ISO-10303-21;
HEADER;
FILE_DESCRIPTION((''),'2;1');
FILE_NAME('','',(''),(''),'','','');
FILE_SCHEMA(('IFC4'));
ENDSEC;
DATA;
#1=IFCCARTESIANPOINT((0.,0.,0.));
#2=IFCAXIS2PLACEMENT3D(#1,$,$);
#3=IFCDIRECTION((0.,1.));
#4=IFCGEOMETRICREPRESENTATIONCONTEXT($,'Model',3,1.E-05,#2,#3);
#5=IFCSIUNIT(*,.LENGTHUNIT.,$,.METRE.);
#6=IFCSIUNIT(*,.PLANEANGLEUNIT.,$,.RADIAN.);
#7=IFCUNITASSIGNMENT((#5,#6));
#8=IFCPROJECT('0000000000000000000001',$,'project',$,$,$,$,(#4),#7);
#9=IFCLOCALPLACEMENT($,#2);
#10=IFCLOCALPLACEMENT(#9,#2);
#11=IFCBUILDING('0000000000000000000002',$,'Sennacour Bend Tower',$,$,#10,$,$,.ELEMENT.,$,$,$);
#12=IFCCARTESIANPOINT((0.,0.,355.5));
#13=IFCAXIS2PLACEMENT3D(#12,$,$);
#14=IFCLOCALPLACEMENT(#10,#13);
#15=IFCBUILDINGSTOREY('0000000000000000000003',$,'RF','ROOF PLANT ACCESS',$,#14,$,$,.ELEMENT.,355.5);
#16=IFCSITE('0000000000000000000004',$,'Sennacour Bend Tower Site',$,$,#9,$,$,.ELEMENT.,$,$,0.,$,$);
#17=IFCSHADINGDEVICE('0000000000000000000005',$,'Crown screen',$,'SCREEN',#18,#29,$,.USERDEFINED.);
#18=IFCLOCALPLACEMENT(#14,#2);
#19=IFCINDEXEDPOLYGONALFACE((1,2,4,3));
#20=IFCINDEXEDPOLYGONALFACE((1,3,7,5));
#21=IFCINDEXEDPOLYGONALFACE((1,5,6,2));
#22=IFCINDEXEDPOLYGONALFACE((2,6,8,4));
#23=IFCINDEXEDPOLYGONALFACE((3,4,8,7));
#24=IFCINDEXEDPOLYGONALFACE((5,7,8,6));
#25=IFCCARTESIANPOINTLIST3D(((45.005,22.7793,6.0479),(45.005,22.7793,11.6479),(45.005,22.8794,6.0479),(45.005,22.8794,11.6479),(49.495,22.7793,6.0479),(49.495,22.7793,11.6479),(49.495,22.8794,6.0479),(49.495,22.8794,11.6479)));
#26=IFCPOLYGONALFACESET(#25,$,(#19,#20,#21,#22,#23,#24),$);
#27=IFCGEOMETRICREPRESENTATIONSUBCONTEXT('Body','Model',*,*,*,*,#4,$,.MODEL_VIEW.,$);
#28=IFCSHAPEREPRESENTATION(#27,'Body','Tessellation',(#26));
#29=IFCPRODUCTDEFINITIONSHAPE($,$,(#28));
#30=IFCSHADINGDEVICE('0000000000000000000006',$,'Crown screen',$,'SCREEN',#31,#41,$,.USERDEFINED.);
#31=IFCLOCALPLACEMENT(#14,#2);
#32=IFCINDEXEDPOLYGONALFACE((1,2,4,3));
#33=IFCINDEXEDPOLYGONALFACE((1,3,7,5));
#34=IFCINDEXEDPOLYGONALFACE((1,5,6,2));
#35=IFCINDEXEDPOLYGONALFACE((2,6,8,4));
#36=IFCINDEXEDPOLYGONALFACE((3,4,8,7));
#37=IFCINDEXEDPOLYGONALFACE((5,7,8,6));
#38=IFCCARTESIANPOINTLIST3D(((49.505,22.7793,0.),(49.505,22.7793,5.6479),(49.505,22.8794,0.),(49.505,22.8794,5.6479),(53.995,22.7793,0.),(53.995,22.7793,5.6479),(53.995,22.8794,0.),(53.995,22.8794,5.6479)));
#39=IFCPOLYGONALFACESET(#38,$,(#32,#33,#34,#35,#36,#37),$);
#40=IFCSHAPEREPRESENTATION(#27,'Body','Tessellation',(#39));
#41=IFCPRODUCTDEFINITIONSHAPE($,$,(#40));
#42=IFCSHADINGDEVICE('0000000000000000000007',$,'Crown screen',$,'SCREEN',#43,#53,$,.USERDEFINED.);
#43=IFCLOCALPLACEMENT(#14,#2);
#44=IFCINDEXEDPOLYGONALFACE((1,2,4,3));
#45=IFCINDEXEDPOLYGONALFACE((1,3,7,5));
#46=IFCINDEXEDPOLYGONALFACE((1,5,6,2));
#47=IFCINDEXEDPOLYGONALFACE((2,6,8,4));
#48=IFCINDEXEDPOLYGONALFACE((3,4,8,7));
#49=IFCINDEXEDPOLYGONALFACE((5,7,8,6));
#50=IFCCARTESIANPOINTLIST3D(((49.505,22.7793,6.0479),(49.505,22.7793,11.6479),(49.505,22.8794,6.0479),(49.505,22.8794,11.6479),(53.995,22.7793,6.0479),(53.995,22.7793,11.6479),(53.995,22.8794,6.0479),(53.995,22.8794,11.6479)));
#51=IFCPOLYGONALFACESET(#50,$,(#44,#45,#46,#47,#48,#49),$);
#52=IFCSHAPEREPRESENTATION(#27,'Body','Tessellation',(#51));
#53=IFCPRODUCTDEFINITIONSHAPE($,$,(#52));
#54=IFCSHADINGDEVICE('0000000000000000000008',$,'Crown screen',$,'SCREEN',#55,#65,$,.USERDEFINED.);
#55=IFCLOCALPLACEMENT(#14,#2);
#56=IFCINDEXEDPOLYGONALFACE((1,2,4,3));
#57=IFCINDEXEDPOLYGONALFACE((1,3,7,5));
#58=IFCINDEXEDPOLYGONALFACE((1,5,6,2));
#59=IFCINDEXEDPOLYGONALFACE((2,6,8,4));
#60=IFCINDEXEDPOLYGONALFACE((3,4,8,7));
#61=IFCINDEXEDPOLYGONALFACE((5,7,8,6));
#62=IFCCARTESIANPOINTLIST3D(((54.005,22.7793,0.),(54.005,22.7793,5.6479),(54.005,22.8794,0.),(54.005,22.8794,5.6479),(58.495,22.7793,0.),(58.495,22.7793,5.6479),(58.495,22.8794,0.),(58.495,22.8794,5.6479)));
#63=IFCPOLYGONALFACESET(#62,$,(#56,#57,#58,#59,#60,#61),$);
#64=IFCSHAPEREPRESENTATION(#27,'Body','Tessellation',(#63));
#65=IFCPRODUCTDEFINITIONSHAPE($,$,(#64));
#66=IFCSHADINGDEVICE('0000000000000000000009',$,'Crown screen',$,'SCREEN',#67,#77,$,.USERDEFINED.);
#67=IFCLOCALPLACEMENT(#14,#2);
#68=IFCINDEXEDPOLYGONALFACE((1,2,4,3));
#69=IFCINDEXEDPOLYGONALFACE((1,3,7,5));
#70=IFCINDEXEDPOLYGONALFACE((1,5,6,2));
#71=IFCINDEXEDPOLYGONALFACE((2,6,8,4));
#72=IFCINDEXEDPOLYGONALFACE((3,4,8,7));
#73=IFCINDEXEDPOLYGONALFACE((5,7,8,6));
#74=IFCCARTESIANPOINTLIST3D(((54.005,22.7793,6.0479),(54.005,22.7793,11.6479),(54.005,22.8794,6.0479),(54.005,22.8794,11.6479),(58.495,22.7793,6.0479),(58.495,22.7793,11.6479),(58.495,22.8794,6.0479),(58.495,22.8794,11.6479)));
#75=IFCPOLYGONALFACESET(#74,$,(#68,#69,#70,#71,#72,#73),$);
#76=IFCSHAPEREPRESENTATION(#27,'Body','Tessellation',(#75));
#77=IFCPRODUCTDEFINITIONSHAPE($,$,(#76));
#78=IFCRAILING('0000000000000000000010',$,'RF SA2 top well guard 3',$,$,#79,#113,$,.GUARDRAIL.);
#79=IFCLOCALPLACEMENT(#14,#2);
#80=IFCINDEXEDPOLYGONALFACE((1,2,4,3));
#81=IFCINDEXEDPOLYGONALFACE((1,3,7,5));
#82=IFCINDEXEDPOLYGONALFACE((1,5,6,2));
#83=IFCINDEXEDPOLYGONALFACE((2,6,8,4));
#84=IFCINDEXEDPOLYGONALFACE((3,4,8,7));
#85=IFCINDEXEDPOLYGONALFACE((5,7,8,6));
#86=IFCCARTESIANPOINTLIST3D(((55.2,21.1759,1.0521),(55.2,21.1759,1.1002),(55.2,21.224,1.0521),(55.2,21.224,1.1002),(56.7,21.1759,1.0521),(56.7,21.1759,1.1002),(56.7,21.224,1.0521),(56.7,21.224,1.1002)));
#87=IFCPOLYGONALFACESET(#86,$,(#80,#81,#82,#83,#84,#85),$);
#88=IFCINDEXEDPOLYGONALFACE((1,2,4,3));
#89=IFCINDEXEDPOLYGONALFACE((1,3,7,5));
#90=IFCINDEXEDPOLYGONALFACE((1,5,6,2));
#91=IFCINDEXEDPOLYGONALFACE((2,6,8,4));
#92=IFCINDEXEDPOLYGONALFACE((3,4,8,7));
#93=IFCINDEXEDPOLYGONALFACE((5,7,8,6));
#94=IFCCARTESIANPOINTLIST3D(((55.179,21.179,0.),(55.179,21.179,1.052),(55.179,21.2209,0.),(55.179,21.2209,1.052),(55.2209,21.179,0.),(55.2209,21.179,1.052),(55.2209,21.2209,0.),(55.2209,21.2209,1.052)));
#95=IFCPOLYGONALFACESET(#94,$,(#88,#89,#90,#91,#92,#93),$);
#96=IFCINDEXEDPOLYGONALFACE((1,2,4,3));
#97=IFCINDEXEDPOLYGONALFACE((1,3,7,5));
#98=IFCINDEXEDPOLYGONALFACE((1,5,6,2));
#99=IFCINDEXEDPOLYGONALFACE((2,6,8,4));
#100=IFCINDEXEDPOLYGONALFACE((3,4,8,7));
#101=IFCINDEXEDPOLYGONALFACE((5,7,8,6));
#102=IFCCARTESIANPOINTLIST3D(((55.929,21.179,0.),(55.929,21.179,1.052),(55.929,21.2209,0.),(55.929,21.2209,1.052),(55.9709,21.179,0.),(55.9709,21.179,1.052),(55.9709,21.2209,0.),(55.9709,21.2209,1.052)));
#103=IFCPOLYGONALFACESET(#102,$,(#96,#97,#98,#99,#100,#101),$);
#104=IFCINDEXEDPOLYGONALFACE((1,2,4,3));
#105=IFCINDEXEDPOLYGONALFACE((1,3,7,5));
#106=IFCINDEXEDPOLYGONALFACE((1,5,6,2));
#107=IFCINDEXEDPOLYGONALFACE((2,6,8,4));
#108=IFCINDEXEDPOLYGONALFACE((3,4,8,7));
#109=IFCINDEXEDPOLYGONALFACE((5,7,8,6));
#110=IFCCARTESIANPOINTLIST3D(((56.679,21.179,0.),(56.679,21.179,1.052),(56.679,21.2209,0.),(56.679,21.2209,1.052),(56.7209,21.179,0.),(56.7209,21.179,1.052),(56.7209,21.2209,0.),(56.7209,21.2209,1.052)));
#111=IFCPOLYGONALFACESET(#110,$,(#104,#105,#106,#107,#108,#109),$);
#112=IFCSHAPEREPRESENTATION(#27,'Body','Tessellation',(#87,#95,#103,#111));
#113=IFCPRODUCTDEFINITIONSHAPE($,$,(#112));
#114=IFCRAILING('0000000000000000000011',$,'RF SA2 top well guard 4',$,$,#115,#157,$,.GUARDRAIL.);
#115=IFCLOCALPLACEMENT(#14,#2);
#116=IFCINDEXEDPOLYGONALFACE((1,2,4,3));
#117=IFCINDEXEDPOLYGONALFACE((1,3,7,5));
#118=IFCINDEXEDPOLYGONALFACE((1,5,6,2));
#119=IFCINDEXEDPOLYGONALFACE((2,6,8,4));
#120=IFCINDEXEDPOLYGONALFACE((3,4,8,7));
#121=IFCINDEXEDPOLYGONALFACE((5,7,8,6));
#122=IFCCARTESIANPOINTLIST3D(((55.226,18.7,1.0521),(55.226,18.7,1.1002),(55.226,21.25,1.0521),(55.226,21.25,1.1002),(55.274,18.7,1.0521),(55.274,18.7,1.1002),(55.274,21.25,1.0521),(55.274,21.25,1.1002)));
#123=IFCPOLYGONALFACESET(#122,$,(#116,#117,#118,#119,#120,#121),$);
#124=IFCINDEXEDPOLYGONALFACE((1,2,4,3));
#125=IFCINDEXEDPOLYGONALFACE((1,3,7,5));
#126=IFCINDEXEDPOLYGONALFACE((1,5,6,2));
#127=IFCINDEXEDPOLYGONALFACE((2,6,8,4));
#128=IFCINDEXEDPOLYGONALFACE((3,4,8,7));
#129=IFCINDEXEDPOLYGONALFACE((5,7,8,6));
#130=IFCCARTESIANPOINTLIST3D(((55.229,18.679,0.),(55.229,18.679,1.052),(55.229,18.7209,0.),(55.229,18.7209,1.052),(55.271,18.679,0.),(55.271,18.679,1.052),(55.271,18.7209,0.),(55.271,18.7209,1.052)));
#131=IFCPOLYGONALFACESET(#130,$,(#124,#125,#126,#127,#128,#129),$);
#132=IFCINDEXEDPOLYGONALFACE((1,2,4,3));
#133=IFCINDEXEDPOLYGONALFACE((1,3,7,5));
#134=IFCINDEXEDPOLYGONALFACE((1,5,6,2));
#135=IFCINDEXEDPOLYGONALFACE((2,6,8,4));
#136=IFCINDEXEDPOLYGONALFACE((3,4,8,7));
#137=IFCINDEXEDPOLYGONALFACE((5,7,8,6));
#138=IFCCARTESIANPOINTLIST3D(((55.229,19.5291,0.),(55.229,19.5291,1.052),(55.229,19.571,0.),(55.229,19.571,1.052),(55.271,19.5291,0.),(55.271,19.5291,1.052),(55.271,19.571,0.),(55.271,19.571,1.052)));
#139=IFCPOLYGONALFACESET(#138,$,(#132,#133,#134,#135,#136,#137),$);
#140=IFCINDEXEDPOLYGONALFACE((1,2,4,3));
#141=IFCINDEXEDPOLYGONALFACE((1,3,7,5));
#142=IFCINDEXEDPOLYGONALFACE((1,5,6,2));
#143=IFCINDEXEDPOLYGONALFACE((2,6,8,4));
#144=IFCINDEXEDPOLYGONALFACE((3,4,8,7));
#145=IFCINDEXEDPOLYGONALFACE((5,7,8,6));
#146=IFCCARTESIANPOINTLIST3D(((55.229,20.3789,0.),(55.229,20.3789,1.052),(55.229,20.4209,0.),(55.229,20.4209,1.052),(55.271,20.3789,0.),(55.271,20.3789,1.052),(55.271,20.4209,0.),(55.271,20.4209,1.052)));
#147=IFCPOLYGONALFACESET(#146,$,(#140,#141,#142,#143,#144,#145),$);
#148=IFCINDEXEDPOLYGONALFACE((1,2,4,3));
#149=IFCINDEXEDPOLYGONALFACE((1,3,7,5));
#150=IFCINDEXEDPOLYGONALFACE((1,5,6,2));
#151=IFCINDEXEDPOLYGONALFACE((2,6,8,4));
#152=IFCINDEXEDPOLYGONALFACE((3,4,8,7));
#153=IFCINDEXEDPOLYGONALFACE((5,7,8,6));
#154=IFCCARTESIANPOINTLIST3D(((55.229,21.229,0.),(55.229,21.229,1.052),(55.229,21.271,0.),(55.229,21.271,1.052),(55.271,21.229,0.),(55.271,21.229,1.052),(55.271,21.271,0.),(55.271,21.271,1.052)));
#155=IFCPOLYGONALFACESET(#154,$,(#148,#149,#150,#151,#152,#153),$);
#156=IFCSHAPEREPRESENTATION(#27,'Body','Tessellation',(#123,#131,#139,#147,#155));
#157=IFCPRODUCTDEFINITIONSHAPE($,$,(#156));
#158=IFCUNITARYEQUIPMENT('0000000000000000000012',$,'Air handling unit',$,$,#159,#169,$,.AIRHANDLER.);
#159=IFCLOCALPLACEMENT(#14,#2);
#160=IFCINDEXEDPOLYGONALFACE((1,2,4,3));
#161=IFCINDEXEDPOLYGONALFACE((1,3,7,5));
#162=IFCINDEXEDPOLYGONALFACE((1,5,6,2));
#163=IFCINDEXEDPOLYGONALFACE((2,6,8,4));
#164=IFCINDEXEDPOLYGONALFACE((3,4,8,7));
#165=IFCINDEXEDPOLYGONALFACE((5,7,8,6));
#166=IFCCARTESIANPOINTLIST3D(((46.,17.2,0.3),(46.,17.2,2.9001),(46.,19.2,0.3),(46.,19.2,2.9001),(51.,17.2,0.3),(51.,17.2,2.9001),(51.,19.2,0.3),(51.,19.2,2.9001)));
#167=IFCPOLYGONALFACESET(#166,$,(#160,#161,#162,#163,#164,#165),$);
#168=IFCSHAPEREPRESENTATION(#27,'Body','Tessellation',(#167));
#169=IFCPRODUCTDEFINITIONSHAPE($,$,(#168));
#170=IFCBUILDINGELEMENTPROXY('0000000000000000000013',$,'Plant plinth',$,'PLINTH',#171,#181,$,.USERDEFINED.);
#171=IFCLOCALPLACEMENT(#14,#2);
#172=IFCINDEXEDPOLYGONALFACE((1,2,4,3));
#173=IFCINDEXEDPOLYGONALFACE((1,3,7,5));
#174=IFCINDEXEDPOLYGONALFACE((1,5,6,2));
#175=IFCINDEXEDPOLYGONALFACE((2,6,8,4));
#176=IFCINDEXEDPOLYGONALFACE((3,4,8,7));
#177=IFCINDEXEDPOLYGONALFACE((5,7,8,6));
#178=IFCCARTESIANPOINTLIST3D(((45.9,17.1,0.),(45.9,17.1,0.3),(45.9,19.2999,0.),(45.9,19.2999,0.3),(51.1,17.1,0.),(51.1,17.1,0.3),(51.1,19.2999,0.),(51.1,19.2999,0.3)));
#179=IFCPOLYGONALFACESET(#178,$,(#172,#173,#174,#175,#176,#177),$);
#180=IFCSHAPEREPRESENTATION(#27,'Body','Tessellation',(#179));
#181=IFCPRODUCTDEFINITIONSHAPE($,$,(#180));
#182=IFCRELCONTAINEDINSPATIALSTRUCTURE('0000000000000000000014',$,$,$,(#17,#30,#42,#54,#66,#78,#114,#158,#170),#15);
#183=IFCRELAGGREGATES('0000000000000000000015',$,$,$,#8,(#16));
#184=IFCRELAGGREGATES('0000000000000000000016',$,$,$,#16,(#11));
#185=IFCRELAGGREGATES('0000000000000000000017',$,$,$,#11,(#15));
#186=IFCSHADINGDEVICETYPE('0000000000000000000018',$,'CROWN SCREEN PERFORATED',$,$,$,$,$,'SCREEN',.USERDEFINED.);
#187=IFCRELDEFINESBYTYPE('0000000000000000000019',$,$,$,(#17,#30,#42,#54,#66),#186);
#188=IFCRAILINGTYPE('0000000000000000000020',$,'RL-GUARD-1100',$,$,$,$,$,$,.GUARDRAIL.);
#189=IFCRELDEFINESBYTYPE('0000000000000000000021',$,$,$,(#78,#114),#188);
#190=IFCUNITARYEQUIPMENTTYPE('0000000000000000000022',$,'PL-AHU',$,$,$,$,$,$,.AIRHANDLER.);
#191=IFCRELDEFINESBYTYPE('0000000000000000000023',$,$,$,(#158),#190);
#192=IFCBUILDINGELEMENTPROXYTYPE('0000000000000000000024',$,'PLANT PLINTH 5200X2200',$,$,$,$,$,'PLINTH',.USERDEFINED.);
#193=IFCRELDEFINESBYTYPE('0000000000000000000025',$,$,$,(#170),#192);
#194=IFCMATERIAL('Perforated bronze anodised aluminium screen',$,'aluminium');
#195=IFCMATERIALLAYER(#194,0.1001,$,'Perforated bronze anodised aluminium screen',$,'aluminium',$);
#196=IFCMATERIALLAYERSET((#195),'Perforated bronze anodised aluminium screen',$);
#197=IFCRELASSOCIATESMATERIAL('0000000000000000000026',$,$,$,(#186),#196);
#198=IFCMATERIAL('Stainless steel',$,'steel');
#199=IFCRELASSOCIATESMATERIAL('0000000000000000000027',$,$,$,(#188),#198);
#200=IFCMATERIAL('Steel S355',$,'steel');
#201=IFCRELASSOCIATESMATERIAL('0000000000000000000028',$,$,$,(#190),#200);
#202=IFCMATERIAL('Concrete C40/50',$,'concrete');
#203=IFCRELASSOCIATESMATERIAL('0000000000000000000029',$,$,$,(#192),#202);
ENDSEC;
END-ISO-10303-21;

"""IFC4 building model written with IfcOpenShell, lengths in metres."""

from ifc_helpers import new_model, si_unit, direction, frame, origin, origin_2d, place, context, subcontext, project, spatial, rectangle, extrude, material, layer, layer_set, type_object, element, save


model = new_model("IFC4")

# Units and contexts
model_context = context("Model", 3, precision=1e-05, world=origin(), true_north=direction((0.0, 1.0)))
body_context = subcontext(model_context, "Body", "Model", "MODEL_VIEW")
ifc_project = project(units=[si_unit("LENGTHUNIT", "METRE"), si_unit("PLANEANGLEUNIT", "RADIAN")], contexts=[model_context])

# Site, building, storey
site_placement = place(None, origin())
site = spatial("IfcSite", under=ifc_project, at=site_placement, Name="Sennacour Bend Tower Site", CompositionType="ELEMENT", RefElevation=0.0)
building_placement = place(site_placement, origin())
building = spatial("IfcBuilding", under=site, at=building_placement, Name="Sennacour Bend Tower", CompositionType="ELEMENT")
storey_placement = place(building_placement, frame((0.0, 0.0, 355.5)))
storey = spatial("IfcBuildingStorey", under=building, at=storey_placement, Name="RF", Description="ROOF PLANT ACCESS", CompositionType="ELEMENT", Elevation=355.5)

# Shared definitions
ifc_material_1 = material(Name="Stainless steel", Category="steel")

# Shading devices
ifc_material_2 = material(Name="Perforated bronze anodised aluminium screen", Category="aluminium")
ifc_layer_1 = layer(ifc_material_2, 0.1001, Name="Perforated bronze anodised aluminium screen", Category="aluminium")
ifc_layer_set_1 = layer_set([ifc_layer_1], Name="Perforated bronze anodised aluminium screen")
shading_device_type = type_object("IfcShadingDeviceType", Name="CROWN SCREEN PERFORATED", ElementType="SCREEN", PredefinedType="USERDEFINED", material=ifc_layer_set_1)
shading_device_1_placement = place(storey_placement, frame((47.25, 22.8293, 6.0479), z_axis=(0.0, 0.0, 1.0), x_axis=(1.0, 0.0, 0.0)))
element("IfcShadingDevice", 1, at=shading_device_1_placement, inside=storey, type_object=shading_device_type, Name="Crown screen", ObjectType="SCREEN", PredefinedType="USERDEFINED", context=body_context, shape_type="SweptSolid", body=[
    extrude(rectangle(XDim=4.49, YDim=0.1001, at=origin_2d()), origin(), (0.0, 0.0, 1.0), 5.6001),
])
shading_device_2_placement = place(storey_placement, frame((51.75, 22.8293, 0.0), z_axis=(0.0, 0.0, 1.0), x_axis=(1.0, 0.0, 0.0)))
element("IfcShadingDevice", 2, at=shading_device_2_placement, inside=storey, type_object=shading_device_type, Name="Crown screen", ObjectType="SCREEN", PredefinedType="USERDEFINED", context=body_context, shape_type="SweptSolid", body=[
    extrude(rectangle(XDim=4.49, YDim=0.1001, at=origin_2d()), origin(), (0.0, 0.0, 1.0), 5.6479),
])
shading_device_3_placement = place(storey_placement, frame((51.75, 22.8293, 6.0479), z_axis=(0.0, 0.0, 1.0), x_axis=(1.0, 0.0, 0.0)))
element("IfcShadingDevice", 3, at=shading_device_3_placement, inside=storey, type_object=shading_device_type, Name="Crown screen", ObjectType="SCREEN", PredefinedType="USERDEFINED", context=body_context, shape_type="SweptSolid", body=[
    extrude(rectangle(XDim=4.49, YDim=0.1001, at=origin_2d()), origin(), (0.0, 0.0, 1.0), 5.6001),
])
shading_device_4_placement = place(storey_placement, frame((56.25, 22.8293, 0.0), z_axis=(0.0, 0.0, 1.0), x_axis=(1.0, 0.0, 0.0)))
element("IfcShadingDevice", 4, at=shading_device_4_placement, inside=storey, type_object=shading_device_type, Name="Crown screen", ObjectType="SCREEN", PredefinedType="USERDEFINED", context=body_context, shape_type="SweptSolid", body=[
    extrude(rectangle(XDim=4.49, YDim=0.1001, at=origin_2d()), origin(), (0.0, 0.0, 1.0), 5.6479),
])
shading_device_5_placement = place(storey_placement, frame((56.25, 22.8293, 6.0479), z_axis=(0.0, 0.0, 1.0), x_axis=(1.0, 0.0, 0.0)))
element("IfcShadingDevice", 5, at=shading_device_5_placement, inside=storey, type_object=shading_device_type, Name="Crown screen", ObjectType="SCREEN", PredefinedType="USERDEFINED", context=body_context, shape_type="SweptSolid", body=[
    extrude(rectangle(XDim=4.49, YDim=0.1001, at=origin_2d()), origin(), (0.0, 0.0, 1.0), 5.6001),
])

# Railings
railing_type = type_object("IfcRailingType", Name="RL-GUARD-1100", PredefinedType="GUARDRAIL", material=ifc_material_1)
railing_1_placement = place(storey_placement, frame((55.2, 21.2, 0.0)))
element("IfcRailing", 6, at=railing_1_placement, inside=storey, type_object=railing_type, Name="RF SA2 top well guard 3", PredefinedType="GUARDRAIL", context=body_context, shape_type="SweptSolid", body=[
    extrude(rectangle(XDim=0.0481, YDim=0.0481, at=origin_2d()), frame((0.0, 0.0, 1.0762), z_axis=(1.0, 0.0, 0.0), x_axis=(0.0, 1.0, 0.0)), (0.0, 0.0, 1.0), 1.5),
    extrude(rectangle(XDim=0.042, YDim=0.042, at=origin_2d()), origin(), (0.0, 0.0, 1.0), 1.052),
    extrude(rectangle(XDim=0.042, YDim=0.042, at=origin_2d()), frame((0.75, 0.0, 0.0)), (0.0, 0.0, 1.0), 1.052),
    extrude(rectangle(XDim=0.042, YDim=0.042, at=origin_2d()), frame((1.5, 0.0, 0.0)), (0.0, 0.0, 1.0), 1.052),
])
railing_2_placement = place(storey_placement, frame((55.25, 18.7, 0.0)))
element("IfcRailing", 7, at=railing_2_placement, inside=storey, type_object=railing_type, Name="RF SA2 top well guard 4", PredefinedType="GUARDRAIL", context=body_context, shape_type="SweptSolid", body=[
    extrude(rectangle(XDim=0.0481, YDim=0.0481, at=origin_2d()), frame((0.0, 0.0, 1.0762), z_axis=(0.0, 1.0, 0.0), x_axis=(-1.0, 0.0, 0.0)), (0.0, 0.0, 1.0), 2.55),
    extrude(rectangle(XDim=0.042, YDim=0.042, at=origin_2d()), origin(), (0.0, 0.0, 1.0), 1.052),
    extrude(rectangle(XDim=0.042, YDim=0.042, at=origin_2d()), frame((0.0, 0.8501, 0.0)), (0.0, 0.0, 1.0), 1.052),
    extrude(rectangle(XDim=0.042, YDim=0.042, at=origin_2d()), frame((0.0, 1.7, 0.0)), (0.0, 0.0, 1.0), 1.052),
    extrude(rectangle(XDim=0.042, YDim=0.042, at=origin_2d()), frame((0.0, 2.55, 0.0)), (0.0, 0.0, 1.0), 1.052),
])

# Unitary equipment
ifc_material_3 = material(Name="Steel S355", Category="steel")
unitary_equipment_type = type_object("IfcUnitaryEquipmentType", Name="PL-AHU", PredefinedType="AIRHANDLER", material=ifc_material_3)
unitary_equipment_placement = place(storey_placement, frame((48.5, 18.2, 0.3), z_axis=(0.0, 0.0, 1.0), x_axis=(1.0, 0.0, 0.0)))
element("IfcUnitaryEquipment", 8, at=unitary_equipment_placement, inside=storey, type_object=unitary_equipment_type, Name="Air handling unit", PredefinedType="AIRHANDLER", context=body_context, shape_type="SweptSolid", body=[
    extrude(rectangle(XDim=5.0, YDim=2.0, at=origin_2d()), origin(), (0.0, 0.0, 1.0), 2.6001),
])

# Building element proxy
ifc_material_4 = material(Name="Concrete C40/50", Category="concrete")
building_element_proxy_type = type_object("IfcBuildingElementProxyType", Name="PLANT PLINTH 5200X2200", ElementType="PLINTH", PredefinedType="USERDEFINED", material=ifc_material_4)
proxy_placement = place(storey_placement, frame((48.5, 18.2, 0.0), z_axis=(0.0, 0.0, 1.0), x_axis=(1.0, 0.0, 0.0)))
element("IfcBuildingElementProxy", 9, at=proxy_placement, inside=storey, type_object=building_element_proxy_type, Name="Plant plinth", ObjectType="PLINTH", PredefinedType="USERDEFINED", context=body_context, shape_type="SweptSolid", body=[
    extrude(rectangle(XDim=5.2, YDim=2.2, at=origin_2d()), origin(), (0.0, 0.0, 1.0), 0.3),
])

save(model, "model.ifc")
